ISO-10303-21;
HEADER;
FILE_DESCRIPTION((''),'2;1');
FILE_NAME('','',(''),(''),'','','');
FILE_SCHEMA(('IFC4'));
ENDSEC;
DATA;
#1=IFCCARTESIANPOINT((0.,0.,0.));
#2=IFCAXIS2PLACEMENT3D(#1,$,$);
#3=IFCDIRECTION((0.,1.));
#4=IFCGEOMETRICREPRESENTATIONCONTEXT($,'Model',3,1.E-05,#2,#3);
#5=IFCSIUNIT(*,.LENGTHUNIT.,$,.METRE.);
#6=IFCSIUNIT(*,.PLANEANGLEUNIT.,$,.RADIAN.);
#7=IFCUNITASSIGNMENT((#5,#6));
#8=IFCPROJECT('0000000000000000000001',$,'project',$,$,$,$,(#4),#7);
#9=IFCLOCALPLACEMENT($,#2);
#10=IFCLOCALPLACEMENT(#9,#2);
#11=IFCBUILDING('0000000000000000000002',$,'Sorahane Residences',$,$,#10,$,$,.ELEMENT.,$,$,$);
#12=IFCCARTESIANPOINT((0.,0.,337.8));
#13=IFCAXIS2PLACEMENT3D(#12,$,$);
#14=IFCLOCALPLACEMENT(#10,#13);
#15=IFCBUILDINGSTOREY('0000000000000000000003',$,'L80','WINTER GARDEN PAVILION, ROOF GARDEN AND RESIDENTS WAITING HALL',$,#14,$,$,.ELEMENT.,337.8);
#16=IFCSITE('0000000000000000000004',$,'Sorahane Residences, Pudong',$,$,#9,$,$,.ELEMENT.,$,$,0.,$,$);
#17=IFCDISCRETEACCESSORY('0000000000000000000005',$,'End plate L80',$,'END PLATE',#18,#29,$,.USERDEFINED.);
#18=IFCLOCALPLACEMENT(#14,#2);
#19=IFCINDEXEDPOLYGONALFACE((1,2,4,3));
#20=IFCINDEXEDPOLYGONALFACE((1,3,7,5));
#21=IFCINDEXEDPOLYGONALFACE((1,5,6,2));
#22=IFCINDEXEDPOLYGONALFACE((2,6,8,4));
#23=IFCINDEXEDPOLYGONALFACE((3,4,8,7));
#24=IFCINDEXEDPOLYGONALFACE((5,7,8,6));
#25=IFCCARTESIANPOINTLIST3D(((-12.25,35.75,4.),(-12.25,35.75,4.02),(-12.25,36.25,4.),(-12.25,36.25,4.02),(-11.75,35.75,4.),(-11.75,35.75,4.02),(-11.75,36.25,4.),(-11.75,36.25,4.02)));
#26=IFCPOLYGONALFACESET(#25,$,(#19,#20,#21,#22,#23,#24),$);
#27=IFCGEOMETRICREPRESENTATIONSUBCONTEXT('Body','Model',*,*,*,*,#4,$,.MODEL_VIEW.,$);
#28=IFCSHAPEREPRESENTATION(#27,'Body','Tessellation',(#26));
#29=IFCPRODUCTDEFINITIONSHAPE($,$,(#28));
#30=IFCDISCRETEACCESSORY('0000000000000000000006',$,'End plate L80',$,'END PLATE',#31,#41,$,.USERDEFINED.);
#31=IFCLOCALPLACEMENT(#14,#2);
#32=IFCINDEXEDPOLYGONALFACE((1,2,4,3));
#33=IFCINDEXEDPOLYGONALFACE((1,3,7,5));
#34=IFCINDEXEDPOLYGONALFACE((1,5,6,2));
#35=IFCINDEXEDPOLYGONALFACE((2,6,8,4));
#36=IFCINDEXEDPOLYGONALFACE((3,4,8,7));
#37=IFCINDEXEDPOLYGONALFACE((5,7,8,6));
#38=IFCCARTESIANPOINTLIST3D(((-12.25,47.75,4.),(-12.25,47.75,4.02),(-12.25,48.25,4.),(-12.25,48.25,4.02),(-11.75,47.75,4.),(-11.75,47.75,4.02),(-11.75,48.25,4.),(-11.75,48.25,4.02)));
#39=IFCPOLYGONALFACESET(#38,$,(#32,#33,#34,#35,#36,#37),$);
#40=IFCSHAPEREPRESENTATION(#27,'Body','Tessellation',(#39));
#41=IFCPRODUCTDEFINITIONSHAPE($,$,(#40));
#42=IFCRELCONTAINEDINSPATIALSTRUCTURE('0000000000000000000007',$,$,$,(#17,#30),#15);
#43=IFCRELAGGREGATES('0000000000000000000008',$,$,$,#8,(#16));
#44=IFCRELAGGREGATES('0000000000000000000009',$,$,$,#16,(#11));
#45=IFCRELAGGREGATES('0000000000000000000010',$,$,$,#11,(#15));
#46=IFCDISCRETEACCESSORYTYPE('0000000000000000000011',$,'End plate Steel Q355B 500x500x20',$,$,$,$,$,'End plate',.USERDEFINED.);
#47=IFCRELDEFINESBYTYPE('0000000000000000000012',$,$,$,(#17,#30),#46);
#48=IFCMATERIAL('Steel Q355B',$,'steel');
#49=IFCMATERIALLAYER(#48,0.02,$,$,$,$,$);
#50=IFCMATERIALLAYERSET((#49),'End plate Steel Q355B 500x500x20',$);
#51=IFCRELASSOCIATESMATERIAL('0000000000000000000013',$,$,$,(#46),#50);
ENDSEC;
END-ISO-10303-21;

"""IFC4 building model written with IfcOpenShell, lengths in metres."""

from ifc_helpers import new_model, si_unit, direction, frame, origin, origin_2d, place, context, subcontext, project, spatial, rectangle, extrude, material, layer, layer_set, type_object, element, save


model = new_model("IFC4")

# Units and contexts
model_context = context("Model", 3, precision=1e-05, world=origin(), true_north=direction((0.0, 1.0)))
body_context = subcontext(model_context, "Body", "Model", "MODEL_VIEW")
ifc_project = project(units=[si_unit("LENGTHUNIT", "METRE"), si_unit("PLANEANGLEUNIT", "RADIAN")], contexts=[model_context])

# Site, building, storey
site_placement = place(None, origin())
site = spatial("IfcSite", under=ifc_project, at=site_placement, Name="Sorahane Residences, Pudong", CompositionType="ELEMENT", RefElevation=0.0)
building_placement = place(site_placement, origin())
building = spatial("IfcBuilding", under=site, at=building_placement, Name="Sorahane Residences", CompositionType="ELEMENT")
storey_placement = place(building_placement, frame((0.0, 0.0, 337.8)))
storey = spatial("IfcBuildingStorey", under=building, at=storey_placement, Name="L80", Description="WINTER GARDEN PAVILION, ROOF GARDEN AND RESIDENTS WAITING HALL", CompositionType="ELEMENT", Elevation=337.8)

# Discrete accessories
ifc_material_1 = material(Name="Steel Q355B", Category="steel")
ifc_layer_1 = layer(ifc_material_1, 0.02)
ifc_layer_set_1 = layer_set([ifc_layer_1], Name="End plate Steel Q355B 500x500x20")
discrete_accessory_type = type_object("IfcDiscreteAccessoryType", Name="End plate Steel Q355B 500x500x20", ElementType="End plate", PredefinedType="USERDEFINED", material=ifc_layer_set_1)
for number, where, z_axis, x_axis, name in (
    (1, (-12.0, 36.0, 4.0), (0.0, 0.0, 1.0), (1.0, 0.0, 0.0), "End plate L80"),
    (2, (-12.0, 48.0, 4.0), (0.0, 0.0, 1.0), (1.0, 0.0, 0.0), "End plate L80"),
):
    element("IfcDiscreteAccessory", number, at=place(storey_placement, frame(where, z_axis=z_axis, x_axis=x_axis)), inside=storey, type_object=discrete_accessory_type, Name=name, ObjectType="END PLATE", PredefinedType="USERDEFINED", context=body_context, shape_type="SweptSolid", body=[
        extrude(rectangle(XDim=0.5, YDim=0.5, at=origin_2d()), origin(), (0.0, 0.0, 1.0), 0.02),
    ])

save(model, "model.ifc")
